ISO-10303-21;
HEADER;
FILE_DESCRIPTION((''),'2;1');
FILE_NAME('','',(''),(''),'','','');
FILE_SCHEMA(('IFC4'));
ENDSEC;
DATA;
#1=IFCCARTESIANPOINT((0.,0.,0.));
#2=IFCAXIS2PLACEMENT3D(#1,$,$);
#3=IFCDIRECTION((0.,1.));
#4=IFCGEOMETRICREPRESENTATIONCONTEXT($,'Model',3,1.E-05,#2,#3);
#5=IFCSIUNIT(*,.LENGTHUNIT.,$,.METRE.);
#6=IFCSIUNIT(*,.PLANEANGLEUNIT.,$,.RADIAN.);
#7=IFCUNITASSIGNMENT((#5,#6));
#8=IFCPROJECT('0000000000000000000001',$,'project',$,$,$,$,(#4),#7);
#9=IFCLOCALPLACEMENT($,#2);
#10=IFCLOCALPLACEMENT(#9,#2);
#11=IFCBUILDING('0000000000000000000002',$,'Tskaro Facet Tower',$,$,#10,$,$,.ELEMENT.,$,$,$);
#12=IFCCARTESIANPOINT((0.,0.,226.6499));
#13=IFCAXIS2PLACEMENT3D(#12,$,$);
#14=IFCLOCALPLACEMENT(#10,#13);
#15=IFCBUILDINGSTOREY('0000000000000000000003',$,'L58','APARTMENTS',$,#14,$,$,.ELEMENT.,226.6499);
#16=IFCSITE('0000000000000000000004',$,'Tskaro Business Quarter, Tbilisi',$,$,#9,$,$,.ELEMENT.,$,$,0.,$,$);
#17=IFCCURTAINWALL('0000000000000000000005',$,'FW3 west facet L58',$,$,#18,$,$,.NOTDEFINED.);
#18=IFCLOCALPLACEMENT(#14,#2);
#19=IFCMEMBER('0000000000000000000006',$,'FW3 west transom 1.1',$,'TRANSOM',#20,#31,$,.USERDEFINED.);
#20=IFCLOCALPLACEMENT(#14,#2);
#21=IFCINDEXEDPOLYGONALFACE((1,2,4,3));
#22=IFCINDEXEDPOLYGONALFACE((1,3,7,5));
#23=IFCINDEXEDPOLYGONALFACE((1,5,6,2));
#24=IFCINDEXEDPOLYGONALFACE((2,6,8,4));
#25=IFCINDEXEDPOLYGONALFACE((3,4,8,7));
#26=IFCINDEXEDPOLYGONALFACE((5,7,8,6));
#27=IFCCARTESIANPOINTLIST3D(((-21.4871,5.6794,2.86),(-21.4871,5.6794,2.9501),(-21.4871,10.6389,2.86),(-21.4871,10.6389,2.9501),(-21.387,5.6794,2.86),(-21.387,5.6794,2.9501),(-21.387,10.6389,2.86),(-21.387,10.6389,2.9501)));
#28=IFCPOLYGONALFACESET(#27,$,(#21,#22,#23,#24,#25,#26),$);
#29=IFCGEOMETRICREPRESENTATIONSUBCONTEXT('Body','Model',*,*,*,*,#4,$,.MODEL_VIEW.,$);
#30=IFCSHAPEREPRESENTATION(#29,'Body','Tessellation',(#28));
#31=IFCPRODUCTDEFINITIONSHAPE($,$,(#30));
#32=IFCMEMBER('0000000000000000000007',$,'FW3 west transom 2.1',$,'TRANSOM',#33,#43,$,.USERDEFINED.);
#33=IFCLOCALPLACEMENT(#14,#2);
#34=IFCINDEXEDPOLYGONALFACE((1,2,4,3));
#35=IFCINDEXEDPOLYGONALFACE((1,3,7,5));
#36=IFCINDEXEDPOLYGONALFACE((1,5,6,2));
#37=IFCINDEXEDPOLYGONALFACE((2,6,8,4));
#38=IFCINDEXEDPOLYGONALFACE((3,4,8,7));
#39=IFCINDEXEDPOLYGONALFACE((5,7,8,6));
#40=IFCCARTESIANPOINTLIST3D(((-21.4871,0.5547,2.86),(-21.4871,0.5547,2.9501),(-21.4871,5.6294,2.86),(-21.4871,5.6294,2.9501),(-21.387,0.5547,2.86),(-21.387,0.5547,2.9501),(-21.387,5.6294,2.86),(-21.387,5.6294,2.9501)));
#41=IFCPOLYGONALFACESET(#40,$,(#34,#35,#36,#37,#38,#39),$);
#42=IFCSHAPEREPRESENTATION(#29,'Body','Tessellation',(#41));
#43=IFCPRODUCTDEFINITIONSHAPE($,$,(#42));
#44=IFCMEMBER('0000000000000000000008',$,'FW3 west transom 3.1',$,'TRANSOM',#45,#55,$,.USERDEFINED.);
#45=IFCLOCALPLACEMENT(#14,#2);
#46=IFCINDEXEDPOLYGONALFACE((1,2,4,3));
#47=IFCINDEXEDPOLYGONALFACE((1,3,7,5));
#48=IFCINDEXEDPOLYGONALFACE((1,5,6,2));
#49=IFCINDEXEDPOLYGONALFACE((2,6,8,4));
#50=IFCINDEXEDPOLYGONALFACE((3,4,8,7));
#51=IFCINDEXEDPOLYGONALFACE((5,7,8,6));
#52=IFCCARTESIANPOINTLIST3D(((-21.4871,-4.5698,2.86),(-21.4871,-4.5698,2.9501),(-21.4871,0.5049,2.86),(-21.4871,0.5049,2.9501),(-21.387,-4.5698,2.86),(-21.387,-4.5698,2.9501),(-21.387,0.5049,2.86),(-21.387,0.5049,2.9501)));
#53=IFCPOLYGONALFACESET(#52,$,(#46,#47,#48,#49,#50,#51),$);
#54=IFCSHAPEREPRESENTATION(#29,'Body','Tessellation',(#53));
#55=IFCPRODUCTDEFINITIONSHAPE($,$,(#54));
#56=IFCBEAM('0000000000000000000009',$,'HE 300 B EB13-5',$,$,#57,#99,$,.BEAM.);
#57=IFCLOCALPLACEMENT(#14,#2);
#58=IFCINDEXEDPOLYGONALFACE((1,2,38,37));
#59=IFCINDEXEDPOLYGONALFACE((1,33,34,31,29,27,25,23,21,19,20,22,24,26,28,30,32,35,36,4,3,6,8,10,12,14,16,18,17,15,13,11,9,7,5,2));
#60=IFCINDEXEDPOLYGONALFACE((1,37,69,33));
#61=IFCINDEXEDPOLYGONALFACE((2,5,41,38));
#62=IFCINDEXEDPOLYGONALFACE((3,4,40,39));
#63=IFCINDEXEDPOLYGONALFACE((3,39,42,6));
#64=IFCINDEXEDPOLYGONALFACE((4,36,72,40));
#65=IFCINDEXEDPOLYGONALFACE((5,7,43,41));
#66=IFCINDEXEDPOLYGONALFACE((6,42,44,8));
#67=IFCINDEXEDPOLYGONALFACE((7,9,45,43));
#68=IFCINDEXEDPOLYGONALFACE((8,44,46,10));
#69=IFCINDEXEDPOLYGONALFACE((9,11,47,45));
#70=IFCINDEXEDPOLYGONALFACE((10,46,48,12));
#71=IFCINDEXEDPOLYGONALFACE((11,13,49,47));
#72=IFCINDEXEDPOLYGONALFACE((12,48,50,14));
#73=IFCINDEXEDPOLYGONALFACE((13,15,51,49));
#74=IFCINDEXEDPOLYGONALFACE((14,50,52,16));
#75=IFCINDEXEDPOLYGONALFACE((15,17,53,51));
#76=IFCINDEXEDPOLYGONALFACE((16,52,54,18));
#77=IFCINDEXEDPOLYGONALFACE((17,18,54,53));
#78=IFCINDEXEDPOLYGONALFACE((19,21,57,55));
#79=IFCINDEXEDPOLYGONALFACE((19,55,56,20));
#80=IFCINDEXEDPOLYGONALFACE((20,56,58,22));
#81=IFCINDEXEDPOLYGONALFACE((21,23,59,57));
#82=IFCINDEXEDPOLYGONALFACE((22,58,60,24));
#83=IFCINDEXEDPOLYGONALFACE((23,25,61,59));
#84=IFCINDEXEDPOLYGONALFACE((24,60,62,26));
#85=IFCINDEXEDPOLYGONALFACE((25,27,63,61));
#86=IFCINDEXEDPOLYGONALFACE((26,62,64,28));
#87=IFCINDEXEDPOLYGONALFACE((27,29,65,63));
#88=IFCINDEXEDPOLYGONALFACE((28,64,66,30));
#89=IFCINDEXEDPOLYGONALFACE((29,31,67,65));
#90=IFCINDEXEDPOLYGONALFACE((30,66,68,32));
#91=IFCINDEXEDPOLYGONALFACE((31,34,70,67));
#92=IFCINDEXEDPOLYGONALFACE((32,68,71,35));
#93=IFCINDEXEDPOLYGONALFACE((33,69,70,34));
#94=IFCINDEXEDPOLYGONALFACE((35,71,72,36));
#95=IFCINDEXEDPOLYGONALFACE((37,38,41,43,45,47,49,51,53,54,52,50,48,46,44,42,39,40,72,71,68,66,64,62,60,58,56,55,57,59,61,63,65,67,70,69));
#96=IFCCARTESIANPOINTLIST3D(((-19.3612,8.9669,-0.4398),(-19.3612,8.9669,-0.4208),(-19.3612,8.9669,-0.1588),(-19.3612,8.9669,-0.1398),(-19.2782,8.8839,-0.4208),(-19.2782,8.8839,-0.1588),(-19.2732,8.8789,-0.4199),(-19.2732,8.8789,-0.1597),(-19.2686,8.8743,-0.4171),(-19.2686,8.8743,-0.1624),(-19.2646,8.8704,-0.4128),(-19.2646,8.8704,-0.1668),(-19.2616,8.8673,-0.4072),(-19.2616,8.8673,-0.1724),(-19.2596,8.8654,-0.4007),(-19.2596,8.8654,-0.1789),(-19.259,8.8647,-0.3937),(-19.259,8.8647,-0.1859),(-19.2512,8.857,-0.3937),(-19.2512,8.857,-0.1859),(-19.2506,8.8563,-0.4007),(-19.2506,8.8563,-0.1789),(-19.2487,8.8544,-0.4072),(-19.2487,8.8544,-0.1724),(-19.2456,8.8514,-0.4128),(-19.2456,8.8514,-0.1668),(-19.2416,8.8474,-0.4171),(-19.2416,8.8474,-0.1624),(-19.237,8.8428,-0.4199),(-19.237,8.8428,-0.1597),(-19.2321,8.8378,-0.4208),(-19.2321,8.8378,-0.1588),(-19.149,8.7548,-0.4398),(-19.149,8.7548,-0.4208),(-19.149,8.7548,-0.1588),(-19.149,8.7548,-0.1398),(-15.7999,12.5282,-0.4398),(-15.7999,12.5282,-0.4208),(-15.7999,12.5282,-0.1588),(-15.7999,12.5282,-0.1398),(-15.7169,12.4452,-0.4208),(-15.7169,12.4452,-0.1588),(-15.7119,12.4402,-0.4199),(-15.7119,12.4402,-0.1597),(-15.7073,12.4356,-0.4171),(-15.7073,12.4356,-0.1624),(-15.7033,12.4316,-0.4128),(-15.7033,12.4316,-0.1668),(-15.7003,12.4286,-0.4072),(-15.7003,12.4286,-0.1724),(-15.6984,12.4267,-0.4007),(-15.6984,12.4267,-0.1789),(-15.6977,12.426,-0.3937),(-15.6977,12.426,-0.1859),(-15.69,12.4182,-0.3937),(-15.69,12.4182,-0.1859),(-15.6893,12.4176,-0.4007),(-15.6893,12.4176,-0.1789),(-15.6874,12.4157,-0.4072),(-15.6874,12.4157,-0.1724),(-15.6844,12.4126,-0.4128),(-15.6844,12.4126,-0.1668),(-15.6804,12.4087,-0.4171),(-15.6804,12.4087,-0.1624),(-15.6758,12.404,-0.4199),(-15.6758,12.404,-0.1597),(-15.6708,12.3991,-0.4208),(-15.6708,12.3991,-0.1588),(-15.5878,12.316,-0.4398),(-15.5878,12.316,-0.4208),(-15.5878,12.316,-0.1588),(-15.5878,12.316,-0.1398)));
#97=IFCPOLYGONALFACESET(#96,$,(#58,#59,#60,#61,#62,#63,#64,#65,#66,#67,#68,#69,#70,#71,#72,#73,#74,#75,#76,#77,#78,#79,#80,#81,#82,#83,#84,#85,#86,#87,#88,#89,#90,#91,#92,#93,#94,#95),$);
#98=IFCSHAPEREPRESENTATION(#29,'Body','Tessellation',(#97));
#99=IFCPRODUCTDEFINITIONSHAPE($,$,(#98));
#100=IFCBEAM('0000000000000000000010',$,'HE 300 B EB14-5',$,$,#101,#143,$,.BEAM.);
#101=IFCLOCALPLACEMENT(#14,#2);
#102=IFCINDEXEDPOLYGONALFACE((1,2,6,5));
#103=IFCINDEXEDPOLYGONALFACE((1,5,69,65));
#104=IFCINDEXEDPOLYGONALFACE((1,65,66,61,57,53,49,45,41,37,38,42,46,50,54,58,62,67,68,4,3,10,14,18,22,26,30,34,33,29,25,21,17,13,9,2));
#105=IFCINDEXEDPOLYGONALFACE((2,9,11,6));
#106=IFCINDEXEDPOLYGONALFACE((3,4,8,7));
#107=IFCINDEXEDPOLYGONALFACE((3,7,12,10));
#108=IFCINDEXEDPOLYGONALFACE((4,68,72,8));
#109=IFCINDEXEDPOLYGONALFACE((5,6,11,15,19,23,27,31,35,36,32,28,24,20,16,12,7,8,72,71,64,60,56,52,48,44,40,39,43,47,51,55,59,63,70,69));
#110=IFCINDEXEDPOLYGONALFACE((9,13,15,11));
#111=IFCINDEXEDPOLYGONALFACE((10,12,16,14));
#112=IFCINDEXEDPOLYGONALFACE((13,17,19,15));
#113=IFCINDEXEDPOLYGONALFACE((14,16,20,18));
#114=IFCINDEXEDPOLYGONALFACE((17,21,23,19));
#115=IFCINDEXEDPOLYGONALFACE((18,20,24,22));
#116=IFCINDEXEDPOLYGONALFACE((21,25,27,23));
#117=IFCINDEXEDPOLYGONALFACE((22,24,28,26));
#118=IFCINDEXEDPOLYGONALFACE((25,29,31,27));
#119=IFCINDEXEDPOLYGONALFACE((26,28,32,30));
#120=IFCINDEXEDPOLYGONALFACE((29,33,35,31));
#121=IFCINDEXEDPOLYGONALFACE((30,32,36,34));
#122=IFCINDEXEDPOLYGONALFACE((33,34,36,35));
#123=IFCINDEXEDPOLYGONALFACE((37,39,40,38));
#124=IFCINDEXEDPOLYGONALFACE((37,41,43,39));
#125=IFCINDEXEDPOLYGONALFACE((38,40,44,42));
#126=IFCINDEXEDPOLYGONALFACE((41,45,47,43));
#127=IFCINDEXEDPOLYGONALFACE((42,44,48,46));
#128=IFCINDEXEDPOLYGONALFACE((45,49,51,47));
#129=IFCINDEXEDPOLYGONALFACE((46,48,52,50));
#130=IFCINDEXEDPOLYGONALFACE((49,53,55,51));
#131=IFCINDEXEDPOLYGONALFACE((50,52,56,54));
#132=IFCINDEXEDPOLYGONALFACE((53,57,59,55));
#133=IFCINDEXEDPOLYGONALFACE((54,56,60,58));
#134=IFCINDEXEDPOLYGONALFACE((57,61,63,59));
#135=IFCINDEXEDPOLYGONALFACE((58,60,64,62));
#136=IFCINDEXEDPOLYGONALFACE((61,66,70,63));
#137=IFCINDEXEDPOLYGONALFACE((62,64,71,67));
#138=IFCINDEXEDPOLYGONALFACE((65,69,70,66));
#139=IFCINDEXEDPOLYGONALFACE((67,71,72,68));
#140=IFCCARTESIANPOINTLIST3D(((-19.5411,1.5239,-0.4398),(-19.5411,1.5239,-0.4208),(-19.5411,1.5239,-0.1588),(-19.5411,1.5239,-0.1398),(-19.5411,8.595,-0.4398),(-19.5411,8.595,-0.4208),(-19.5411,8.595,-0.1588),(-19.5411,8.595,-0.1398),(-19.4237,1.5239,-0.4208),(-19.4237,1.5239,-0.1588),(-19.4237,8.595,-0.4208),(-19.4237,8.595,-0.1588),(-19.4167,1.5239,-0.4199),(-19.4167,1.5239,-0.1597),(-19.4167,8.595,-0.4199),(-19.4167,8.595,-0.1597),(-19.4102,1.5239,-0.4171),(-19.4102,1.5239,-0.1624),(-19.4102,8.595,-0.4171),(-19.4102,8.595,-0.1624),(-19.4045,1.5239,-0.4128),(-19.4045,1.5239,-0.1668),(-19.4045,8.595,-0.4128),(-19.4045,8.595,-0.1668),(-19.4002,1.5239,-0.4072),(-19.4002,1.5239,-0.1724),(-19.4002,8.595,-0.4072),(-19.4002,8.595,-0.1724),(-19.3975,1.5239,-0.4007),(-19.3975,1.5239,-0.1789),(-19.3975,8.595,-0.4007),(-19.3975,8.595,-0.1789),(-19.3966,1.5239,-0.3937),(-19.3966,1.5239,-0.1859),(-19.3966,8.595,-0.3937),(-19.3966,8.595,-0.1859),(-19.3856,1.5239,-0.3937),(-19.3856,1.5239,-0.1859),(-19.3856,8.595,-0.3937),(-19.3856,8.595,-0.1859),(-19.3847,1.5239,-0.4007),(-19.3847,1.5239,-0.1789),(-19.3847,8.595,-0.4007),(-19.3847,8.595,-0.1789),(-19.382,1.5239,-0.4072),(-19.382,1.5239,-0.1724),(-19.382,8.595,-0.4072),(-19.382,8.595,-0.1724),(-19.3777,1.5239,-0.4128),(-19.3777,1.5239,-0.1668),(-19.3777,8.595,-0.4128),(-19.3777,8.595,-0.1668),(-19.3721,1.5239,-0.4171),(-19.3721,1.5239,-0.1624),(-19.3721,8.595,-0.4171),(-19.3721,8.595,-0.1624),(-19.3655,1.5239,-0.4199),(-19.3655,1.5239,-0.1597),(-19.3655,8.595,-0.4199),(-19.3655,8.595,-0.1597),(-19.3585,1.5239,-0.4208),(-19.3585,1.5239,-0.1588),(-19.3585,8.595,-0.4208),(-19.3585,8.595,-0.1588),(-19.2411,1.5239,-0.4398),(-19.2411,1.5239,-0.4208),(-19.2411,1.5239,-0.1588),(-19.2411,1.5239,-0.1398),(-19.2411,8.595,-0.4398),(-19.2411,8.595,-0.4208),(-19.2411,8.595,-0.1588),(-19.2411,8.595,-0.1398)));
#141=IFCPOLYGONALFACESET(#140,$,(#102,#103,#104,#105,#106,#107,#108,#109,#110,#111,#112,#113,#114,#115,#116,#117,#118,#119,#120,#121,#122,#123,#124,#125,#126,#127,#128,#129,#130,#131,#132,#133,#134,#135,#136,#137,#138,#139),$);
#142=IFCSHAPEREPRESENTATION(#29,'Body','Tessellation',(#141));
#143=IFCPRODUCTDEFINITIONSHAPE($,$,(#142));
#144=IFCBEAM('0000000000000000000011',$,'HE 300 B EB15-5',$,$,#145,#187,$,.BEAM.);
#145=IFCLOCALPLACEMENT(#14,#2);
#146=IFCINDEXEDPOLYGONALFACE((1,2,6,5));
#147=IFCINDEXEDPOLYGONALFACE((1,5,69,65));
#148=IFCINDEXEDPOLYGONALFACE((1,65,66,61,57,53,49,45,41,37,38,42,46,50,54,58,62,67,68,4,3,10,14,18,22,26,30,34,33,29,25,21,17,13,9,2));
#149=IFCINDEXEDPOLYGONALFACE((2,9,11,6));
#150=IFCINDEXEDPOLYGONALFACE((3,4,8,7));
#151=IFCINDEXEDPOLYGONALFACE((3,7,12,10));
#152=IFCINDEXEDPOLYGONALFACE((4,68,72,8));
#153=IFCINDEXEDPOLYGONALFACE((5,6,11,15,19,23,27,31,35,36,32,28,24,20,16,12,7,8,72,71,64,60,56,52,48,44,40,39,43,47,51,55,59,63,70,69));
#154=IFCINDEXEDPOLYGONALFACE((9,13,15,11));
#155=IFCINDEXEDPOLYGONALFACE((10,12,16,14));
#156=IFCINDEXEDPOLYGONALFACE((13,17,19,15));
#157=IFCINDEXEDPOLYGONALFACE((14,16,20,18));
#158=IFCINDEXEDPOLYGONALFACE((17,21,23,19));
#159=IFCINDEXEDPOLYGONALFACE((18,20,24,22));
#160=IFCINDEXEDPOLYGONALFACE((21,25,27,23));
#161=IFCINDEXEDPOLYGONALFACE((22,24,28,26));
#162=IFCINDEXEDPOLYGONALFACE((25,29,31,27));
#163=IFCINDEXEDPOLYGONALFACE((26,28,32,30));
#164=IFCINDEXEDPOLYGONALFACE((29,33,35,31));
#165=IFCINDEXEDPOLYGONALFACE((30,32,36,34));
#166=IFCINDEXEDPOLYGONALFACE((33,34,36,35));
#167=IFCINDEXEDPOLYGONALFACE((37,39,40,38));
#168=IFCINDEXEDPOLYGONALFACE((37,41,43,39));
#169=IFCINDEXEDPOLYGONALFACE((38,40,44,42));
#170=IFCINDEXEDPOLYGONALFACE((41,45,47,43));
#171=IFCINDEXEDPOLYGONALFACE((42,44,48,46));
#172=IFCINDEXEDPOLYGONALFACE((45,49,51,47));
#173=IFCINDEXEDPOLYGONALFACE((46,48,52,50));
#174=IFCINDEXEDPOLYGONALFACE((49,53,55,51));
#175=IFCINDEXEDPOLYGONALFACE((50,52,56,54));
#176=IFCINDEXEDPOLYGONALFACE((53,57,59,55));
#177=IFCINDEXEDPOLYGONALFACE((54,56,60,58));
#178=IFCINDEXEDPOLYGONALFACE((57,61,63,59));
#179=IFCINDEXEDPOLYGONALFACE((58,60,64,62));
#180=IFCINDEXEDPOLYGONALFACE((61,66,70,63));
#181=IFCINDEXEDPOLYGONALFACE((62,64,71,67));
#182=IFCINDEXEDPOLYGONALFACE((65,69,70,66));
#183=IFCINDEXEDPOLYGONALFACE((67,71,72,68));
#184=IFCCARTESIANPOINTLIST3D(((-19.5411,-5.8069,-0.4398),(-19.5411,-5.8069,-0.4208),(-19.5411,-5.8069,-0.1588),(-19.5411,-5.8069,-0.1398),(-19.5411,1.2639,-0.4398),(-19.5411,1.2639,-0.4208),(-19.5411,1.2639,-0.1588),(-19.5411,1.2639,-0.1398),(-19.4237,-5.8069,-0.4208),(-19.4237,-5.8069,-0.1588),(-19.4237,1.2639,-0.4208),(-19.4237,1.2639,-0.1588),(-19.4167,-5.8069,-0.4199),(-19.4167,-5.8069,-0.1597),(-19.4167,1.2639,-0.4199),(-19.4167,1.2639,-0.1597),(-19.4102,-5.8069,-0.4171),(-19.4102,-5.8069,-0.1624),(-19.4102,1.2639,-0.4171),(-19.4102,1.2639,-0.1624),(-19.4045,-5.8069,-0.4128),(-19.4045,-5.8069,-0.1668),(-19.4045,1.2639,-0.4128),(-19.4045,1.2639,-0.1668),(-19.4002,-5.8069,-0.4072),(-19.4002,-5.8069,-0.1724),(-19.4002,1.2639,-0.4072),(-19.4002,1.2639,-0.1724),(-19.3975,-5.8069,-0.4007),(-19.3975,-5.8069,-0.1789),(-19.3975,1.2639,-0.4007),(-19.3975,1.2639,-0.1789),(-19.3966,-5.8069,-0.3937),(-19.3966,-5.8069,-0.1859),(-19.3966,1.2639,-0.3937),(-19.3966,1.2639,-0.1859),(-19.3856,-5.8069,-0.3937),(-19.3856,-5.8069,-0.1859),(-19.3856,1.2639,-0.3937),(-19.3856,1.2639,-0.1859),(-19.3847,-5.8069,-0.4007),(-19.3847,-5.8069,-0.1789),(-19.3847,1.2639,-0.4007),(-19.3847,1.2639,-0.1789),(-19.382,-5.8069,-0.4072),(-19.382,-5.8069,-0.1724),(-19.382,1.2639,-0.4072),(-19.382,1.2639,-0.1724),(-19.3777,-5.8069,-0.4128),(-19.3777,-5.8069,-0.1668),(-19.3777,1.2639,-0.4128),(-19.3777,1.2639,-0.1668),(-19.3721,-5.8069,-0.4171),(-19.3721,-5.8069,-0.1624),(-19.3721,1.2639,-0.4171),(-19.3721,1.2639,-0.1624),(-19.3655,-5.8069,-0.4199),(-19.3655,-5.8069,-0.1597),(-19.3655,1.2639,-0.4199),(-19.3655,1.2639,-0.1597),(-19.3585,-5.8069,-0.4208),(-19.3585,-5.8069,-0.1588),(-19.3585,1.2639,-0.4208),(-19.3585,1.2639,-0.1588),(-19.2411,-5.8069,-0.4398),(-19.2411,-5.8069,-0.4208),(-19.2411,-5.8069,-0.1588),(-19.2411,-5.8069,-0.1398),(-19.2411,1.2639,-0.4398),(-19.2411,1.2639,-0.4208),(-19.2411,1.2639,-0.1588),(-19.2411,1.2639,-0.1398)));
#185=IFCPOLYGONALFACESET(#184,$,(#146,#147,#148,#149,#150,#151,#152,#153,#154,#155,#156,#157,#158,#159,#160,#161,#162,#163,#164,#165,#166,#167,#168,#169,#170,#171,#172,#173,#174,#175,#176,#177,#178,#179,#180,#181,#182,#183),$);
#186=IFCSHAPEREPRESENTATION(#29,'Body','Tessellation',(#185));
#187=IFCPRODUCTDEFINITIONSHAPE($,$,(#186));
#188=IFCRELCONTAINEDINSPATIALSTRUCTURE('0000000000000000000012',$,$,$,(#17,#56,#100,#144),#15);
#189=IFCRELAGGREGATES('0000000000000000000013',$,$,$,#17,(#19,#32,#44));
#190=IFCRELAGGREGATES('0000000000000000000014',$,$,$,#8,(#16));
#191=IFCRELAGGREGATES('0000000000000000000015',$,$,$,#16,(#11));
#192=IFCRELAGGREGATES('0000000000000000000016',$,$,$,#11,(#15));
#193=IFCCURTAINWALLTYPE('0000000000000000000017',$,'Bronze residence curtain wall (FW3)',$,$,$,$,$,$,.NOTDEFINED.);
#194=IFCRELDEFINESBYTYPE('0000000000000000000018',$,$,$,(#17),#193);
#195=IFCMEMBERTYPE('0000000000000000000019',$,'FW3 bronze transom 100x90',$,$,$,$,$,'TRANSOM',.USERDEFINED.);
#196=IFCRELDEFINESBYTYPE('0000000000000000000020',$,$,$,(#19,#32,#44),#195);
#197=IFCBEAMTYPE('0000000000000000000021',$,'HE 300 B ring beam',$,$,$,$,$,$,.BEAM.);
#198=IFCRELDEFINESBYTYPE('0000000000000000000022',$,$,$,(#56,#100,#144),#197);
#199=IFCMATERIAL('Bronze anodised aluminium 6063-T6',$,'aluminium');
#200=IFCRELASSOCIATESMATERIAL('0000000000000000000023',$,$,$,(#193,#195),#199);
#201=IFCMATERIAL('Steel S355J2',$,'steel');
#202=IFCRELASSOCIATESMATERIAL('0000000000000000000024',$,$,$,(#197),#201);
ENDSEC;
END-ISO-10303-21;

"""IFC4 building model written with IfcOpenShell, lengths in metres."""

from ifc_helpers import new_model, si_unit, direction, frame, origin, origin_2d, place, context, subcontext, project, spatial, rectangle, i_section, extrude, material, material_profile, profile_set, type_object, element, aggregate, save


model = new_model("IFC4")

# Units and contexts
model_context = context("Model", 3, precision=1e-05, world=origin(), true_north=direction((0.0, 1.0)))
body_context = subcontext(model_context, "Body", "Model", "MODEL_VIEW")
ifc_project = project(units=[si_unit("LENGTHUNIT", "METRE"), si_unit("PLANEANGLEUNIT", "RADIAN")], contexts=[model_context])

# Site, building, storey
site_placement = place(None, origin())
site = spatial("IfcSite", under=ifc_project, at=site_placement, Name="Tskaro Business Quarter, Tbilisi", CompositionType="ELEMENT", RefElevation=0.0)
building_placement = place(site_placement, origin())
building = spatial("IfcBuilding", under=site, at=building_placement, Name="Tskaro Facet Tower", CompositionType="ELEMENT")
storey_placement = place(building_placement, frame((0.0, 0.0, 226.6499)))
storey = spatial("IfcBuildingStorey", under=building, at=storey_placement, Name="L58", Description="APARTMENTS", CompositionType="ELEMENT", Elevation=226.6499)

# Shared definitions
ifc_material_1 = material(Name="Steel S355J2", Category="steel")

# Curtain wall
ifc_material_2 = material(Name="Bronze anodised aluminium 6063-T6", Category="aluminium")
curtain_wall_type = type_object("IfcCurtainWallType", Name="Bronze residence curtain wall (FW3)", PredefinedType="NOTDEFINED", material=ifc_material_2)
curtain_wall_1_placement = place(storey_placement, origin())
curtain_wall_1 = element("IfcCurtainWall", 1, at=curtain_wall_1_placement, inside=storey, type_object=curtain_wall_type, Name="FW3 west facet L58", PredefinedType="NOTDEFINED")

# Members
ifc_material_profile_1 = material_profile(ifc_material_2, rectangle(XDim=0.1001, YDim=0.0901, at=origin_2d()), Name="Transom 100x90")
ifc_profile_set_1 = profile_set([ifc_material_profile_1], Name="Bronze anodised aluminium 6063-T6")
member_type_1 = type_object("IfcMemberType", Name="FW3 bronze transom 100x90", ElementType="TRANSOM", PredefinedType="USERDEFINED", material=ifc_profile_set_1)
member_1_placement = place(storey_placement, frame((-21.437, 10.6389, 2.905), z_axis=(0.0, -1.0, 0.0), x_axis=(1.0, 0.0, 0.0)))
member_1 = element("IfcMember", 2, at=member_1_placement, type_object=member_type_1, Name="FW3 west transom 1.1", ObjectType="TRANSOM", PredefinedType="USERDEFINED", context=body_context, shape_type="SweptSolid", body=[
    extrude(rectangle(XDim=0.1001, YDim=0.0901, at=origin_2d()), origin(), (0.0, 0.0, 1.0), 4.9595),
])
member_2_placement = place(storey_placement, frame((-21.437, 5.6294, 2.905), z_axis=(0.0, -1.0, 0.0), x_axis=(1.0, 0.0, 0.0)))
member_2 = element("IfcMember", 3, at=member_2_placement, type_object=member_type_1, Name="FW3 west transom 2.1", ObjectType="TRANSOM", PredefinedType="USERDEFINED", context=body_context, shape_type="SweptSolid", body=[
    extrude(rectangle(XDim=0.1001, YDim=0.0901, at=origin_2d()), origin(), (0.0, 0.0, 1.0), 5.0747),
])
member_3_placement = place(storey_placement, frame((-21.437, 0.5049, 2.905), z_axis=(0.0, -1.0, 0.0), x_axis=(1.0, 0.0, 0.0)))
member_3 = element("IfcMember", 4, at=member_3_placement, type_object=member_type_1, Name="FW3 west transom 3.1", ObjectType="TRANSOM", PredefinedType="USERDEFINED", context=body_context, shape_type="SweptSolid", body=[
    extrude(rectangle(XDim=0.1001, YDim=0.0901, at=origin_2d()), origin(), (0.0, 0.0, 1.0), 5.0747),
])

# Beams
ifc_material_profile_2 = material_profile(ifc_material_1, i_section(OverallWidth=0.3, OverallDepth=0.3, WebThickness=0.011, FlangeThickness=0.019, FilletRadius=0.0271, at=origin_2d()), Name="HE 300 B")
ifc_profile_set_2 = profile_set([ifc_material_profile_2], Name="Steel S355J2")
beam_type_1 = type_object("IfcBeamType", Name="HE 300 B ring beam", PredefinedType="BEAM", material=ifc_profile_set_2)
beam_1_placement = place(storey_placement, frame((-15.6938, 12.4221, -0.2898), z_axis=(-0.707107, -0.707107, 0.0), x_axis=(0.707107, -0.707107, 0.0)))
element("IfcBeam", 5, at=beam_1_placement, inside=storey, type_object=beam_type_1, Name="HE 300 B EB13-5", PredefinedType="BEAM", context=body_context, shape_type="SweptSolid", body=[
    extrude(i_section(OverallWidth=0.3, OverallDepth=0.3, WebThickness=0.011, FlangeThickness=0.019, FilletRadius=0.0271, at=origin_2d()), origin(), (0.0, 0.0, 1.0), 5.0364),
])
beam_2_placement = place(storey_placement, frame((-19.3911, 8.595, -0.2898), z_axis=(0.0, -1.0, 0.0), x_axis=(1.0, 0.0, 0.0)))
element("IfcBeam", 6, at=beam_2_placement, inside=storey, type_object=beam_type_1, Name="HE 300 B EB14-5", PredefinedType="BEAM", context=body_context, shape_type="SweptSolid", body=[
    extrude(i_section(OverallWidth=0.3, OverallDepth=0.3, WebThickness=0.011, FlangeThickness=0.019, FilletRadius=0.0271, at=origin_2d()), origin(), (0.0, 0.0, 1.0), 7.071),
])
beam_3_placement = place(storey_placement, frame((-19.3911, 1.2639, -0.2898), z_axis=(0.0, -1.0, 0.0), x_axis=(1.0, 0.0, 0.0)))
element("IfcBeam", 7, at=beam_3_placement, inside=storey, type_object=beam_type_1, Name="HE 300 B EB15-5", PredefinedType="BEAM", context=body_context, shape_type="SweptSolid", body=[
    extrude(i_section(OverallWidth=0.3, OverallDepth=0.3, WebThickness=0.011, FlangeThickness=0.019, FilletRadius=0.0271, at=origin_2d()), origin(), (0.0, 0.0, 1.0), 7.0708),
])

aggregate(curtain_wall_1, [member_1, member_2, member_3])

save(model, "model.ifc")
